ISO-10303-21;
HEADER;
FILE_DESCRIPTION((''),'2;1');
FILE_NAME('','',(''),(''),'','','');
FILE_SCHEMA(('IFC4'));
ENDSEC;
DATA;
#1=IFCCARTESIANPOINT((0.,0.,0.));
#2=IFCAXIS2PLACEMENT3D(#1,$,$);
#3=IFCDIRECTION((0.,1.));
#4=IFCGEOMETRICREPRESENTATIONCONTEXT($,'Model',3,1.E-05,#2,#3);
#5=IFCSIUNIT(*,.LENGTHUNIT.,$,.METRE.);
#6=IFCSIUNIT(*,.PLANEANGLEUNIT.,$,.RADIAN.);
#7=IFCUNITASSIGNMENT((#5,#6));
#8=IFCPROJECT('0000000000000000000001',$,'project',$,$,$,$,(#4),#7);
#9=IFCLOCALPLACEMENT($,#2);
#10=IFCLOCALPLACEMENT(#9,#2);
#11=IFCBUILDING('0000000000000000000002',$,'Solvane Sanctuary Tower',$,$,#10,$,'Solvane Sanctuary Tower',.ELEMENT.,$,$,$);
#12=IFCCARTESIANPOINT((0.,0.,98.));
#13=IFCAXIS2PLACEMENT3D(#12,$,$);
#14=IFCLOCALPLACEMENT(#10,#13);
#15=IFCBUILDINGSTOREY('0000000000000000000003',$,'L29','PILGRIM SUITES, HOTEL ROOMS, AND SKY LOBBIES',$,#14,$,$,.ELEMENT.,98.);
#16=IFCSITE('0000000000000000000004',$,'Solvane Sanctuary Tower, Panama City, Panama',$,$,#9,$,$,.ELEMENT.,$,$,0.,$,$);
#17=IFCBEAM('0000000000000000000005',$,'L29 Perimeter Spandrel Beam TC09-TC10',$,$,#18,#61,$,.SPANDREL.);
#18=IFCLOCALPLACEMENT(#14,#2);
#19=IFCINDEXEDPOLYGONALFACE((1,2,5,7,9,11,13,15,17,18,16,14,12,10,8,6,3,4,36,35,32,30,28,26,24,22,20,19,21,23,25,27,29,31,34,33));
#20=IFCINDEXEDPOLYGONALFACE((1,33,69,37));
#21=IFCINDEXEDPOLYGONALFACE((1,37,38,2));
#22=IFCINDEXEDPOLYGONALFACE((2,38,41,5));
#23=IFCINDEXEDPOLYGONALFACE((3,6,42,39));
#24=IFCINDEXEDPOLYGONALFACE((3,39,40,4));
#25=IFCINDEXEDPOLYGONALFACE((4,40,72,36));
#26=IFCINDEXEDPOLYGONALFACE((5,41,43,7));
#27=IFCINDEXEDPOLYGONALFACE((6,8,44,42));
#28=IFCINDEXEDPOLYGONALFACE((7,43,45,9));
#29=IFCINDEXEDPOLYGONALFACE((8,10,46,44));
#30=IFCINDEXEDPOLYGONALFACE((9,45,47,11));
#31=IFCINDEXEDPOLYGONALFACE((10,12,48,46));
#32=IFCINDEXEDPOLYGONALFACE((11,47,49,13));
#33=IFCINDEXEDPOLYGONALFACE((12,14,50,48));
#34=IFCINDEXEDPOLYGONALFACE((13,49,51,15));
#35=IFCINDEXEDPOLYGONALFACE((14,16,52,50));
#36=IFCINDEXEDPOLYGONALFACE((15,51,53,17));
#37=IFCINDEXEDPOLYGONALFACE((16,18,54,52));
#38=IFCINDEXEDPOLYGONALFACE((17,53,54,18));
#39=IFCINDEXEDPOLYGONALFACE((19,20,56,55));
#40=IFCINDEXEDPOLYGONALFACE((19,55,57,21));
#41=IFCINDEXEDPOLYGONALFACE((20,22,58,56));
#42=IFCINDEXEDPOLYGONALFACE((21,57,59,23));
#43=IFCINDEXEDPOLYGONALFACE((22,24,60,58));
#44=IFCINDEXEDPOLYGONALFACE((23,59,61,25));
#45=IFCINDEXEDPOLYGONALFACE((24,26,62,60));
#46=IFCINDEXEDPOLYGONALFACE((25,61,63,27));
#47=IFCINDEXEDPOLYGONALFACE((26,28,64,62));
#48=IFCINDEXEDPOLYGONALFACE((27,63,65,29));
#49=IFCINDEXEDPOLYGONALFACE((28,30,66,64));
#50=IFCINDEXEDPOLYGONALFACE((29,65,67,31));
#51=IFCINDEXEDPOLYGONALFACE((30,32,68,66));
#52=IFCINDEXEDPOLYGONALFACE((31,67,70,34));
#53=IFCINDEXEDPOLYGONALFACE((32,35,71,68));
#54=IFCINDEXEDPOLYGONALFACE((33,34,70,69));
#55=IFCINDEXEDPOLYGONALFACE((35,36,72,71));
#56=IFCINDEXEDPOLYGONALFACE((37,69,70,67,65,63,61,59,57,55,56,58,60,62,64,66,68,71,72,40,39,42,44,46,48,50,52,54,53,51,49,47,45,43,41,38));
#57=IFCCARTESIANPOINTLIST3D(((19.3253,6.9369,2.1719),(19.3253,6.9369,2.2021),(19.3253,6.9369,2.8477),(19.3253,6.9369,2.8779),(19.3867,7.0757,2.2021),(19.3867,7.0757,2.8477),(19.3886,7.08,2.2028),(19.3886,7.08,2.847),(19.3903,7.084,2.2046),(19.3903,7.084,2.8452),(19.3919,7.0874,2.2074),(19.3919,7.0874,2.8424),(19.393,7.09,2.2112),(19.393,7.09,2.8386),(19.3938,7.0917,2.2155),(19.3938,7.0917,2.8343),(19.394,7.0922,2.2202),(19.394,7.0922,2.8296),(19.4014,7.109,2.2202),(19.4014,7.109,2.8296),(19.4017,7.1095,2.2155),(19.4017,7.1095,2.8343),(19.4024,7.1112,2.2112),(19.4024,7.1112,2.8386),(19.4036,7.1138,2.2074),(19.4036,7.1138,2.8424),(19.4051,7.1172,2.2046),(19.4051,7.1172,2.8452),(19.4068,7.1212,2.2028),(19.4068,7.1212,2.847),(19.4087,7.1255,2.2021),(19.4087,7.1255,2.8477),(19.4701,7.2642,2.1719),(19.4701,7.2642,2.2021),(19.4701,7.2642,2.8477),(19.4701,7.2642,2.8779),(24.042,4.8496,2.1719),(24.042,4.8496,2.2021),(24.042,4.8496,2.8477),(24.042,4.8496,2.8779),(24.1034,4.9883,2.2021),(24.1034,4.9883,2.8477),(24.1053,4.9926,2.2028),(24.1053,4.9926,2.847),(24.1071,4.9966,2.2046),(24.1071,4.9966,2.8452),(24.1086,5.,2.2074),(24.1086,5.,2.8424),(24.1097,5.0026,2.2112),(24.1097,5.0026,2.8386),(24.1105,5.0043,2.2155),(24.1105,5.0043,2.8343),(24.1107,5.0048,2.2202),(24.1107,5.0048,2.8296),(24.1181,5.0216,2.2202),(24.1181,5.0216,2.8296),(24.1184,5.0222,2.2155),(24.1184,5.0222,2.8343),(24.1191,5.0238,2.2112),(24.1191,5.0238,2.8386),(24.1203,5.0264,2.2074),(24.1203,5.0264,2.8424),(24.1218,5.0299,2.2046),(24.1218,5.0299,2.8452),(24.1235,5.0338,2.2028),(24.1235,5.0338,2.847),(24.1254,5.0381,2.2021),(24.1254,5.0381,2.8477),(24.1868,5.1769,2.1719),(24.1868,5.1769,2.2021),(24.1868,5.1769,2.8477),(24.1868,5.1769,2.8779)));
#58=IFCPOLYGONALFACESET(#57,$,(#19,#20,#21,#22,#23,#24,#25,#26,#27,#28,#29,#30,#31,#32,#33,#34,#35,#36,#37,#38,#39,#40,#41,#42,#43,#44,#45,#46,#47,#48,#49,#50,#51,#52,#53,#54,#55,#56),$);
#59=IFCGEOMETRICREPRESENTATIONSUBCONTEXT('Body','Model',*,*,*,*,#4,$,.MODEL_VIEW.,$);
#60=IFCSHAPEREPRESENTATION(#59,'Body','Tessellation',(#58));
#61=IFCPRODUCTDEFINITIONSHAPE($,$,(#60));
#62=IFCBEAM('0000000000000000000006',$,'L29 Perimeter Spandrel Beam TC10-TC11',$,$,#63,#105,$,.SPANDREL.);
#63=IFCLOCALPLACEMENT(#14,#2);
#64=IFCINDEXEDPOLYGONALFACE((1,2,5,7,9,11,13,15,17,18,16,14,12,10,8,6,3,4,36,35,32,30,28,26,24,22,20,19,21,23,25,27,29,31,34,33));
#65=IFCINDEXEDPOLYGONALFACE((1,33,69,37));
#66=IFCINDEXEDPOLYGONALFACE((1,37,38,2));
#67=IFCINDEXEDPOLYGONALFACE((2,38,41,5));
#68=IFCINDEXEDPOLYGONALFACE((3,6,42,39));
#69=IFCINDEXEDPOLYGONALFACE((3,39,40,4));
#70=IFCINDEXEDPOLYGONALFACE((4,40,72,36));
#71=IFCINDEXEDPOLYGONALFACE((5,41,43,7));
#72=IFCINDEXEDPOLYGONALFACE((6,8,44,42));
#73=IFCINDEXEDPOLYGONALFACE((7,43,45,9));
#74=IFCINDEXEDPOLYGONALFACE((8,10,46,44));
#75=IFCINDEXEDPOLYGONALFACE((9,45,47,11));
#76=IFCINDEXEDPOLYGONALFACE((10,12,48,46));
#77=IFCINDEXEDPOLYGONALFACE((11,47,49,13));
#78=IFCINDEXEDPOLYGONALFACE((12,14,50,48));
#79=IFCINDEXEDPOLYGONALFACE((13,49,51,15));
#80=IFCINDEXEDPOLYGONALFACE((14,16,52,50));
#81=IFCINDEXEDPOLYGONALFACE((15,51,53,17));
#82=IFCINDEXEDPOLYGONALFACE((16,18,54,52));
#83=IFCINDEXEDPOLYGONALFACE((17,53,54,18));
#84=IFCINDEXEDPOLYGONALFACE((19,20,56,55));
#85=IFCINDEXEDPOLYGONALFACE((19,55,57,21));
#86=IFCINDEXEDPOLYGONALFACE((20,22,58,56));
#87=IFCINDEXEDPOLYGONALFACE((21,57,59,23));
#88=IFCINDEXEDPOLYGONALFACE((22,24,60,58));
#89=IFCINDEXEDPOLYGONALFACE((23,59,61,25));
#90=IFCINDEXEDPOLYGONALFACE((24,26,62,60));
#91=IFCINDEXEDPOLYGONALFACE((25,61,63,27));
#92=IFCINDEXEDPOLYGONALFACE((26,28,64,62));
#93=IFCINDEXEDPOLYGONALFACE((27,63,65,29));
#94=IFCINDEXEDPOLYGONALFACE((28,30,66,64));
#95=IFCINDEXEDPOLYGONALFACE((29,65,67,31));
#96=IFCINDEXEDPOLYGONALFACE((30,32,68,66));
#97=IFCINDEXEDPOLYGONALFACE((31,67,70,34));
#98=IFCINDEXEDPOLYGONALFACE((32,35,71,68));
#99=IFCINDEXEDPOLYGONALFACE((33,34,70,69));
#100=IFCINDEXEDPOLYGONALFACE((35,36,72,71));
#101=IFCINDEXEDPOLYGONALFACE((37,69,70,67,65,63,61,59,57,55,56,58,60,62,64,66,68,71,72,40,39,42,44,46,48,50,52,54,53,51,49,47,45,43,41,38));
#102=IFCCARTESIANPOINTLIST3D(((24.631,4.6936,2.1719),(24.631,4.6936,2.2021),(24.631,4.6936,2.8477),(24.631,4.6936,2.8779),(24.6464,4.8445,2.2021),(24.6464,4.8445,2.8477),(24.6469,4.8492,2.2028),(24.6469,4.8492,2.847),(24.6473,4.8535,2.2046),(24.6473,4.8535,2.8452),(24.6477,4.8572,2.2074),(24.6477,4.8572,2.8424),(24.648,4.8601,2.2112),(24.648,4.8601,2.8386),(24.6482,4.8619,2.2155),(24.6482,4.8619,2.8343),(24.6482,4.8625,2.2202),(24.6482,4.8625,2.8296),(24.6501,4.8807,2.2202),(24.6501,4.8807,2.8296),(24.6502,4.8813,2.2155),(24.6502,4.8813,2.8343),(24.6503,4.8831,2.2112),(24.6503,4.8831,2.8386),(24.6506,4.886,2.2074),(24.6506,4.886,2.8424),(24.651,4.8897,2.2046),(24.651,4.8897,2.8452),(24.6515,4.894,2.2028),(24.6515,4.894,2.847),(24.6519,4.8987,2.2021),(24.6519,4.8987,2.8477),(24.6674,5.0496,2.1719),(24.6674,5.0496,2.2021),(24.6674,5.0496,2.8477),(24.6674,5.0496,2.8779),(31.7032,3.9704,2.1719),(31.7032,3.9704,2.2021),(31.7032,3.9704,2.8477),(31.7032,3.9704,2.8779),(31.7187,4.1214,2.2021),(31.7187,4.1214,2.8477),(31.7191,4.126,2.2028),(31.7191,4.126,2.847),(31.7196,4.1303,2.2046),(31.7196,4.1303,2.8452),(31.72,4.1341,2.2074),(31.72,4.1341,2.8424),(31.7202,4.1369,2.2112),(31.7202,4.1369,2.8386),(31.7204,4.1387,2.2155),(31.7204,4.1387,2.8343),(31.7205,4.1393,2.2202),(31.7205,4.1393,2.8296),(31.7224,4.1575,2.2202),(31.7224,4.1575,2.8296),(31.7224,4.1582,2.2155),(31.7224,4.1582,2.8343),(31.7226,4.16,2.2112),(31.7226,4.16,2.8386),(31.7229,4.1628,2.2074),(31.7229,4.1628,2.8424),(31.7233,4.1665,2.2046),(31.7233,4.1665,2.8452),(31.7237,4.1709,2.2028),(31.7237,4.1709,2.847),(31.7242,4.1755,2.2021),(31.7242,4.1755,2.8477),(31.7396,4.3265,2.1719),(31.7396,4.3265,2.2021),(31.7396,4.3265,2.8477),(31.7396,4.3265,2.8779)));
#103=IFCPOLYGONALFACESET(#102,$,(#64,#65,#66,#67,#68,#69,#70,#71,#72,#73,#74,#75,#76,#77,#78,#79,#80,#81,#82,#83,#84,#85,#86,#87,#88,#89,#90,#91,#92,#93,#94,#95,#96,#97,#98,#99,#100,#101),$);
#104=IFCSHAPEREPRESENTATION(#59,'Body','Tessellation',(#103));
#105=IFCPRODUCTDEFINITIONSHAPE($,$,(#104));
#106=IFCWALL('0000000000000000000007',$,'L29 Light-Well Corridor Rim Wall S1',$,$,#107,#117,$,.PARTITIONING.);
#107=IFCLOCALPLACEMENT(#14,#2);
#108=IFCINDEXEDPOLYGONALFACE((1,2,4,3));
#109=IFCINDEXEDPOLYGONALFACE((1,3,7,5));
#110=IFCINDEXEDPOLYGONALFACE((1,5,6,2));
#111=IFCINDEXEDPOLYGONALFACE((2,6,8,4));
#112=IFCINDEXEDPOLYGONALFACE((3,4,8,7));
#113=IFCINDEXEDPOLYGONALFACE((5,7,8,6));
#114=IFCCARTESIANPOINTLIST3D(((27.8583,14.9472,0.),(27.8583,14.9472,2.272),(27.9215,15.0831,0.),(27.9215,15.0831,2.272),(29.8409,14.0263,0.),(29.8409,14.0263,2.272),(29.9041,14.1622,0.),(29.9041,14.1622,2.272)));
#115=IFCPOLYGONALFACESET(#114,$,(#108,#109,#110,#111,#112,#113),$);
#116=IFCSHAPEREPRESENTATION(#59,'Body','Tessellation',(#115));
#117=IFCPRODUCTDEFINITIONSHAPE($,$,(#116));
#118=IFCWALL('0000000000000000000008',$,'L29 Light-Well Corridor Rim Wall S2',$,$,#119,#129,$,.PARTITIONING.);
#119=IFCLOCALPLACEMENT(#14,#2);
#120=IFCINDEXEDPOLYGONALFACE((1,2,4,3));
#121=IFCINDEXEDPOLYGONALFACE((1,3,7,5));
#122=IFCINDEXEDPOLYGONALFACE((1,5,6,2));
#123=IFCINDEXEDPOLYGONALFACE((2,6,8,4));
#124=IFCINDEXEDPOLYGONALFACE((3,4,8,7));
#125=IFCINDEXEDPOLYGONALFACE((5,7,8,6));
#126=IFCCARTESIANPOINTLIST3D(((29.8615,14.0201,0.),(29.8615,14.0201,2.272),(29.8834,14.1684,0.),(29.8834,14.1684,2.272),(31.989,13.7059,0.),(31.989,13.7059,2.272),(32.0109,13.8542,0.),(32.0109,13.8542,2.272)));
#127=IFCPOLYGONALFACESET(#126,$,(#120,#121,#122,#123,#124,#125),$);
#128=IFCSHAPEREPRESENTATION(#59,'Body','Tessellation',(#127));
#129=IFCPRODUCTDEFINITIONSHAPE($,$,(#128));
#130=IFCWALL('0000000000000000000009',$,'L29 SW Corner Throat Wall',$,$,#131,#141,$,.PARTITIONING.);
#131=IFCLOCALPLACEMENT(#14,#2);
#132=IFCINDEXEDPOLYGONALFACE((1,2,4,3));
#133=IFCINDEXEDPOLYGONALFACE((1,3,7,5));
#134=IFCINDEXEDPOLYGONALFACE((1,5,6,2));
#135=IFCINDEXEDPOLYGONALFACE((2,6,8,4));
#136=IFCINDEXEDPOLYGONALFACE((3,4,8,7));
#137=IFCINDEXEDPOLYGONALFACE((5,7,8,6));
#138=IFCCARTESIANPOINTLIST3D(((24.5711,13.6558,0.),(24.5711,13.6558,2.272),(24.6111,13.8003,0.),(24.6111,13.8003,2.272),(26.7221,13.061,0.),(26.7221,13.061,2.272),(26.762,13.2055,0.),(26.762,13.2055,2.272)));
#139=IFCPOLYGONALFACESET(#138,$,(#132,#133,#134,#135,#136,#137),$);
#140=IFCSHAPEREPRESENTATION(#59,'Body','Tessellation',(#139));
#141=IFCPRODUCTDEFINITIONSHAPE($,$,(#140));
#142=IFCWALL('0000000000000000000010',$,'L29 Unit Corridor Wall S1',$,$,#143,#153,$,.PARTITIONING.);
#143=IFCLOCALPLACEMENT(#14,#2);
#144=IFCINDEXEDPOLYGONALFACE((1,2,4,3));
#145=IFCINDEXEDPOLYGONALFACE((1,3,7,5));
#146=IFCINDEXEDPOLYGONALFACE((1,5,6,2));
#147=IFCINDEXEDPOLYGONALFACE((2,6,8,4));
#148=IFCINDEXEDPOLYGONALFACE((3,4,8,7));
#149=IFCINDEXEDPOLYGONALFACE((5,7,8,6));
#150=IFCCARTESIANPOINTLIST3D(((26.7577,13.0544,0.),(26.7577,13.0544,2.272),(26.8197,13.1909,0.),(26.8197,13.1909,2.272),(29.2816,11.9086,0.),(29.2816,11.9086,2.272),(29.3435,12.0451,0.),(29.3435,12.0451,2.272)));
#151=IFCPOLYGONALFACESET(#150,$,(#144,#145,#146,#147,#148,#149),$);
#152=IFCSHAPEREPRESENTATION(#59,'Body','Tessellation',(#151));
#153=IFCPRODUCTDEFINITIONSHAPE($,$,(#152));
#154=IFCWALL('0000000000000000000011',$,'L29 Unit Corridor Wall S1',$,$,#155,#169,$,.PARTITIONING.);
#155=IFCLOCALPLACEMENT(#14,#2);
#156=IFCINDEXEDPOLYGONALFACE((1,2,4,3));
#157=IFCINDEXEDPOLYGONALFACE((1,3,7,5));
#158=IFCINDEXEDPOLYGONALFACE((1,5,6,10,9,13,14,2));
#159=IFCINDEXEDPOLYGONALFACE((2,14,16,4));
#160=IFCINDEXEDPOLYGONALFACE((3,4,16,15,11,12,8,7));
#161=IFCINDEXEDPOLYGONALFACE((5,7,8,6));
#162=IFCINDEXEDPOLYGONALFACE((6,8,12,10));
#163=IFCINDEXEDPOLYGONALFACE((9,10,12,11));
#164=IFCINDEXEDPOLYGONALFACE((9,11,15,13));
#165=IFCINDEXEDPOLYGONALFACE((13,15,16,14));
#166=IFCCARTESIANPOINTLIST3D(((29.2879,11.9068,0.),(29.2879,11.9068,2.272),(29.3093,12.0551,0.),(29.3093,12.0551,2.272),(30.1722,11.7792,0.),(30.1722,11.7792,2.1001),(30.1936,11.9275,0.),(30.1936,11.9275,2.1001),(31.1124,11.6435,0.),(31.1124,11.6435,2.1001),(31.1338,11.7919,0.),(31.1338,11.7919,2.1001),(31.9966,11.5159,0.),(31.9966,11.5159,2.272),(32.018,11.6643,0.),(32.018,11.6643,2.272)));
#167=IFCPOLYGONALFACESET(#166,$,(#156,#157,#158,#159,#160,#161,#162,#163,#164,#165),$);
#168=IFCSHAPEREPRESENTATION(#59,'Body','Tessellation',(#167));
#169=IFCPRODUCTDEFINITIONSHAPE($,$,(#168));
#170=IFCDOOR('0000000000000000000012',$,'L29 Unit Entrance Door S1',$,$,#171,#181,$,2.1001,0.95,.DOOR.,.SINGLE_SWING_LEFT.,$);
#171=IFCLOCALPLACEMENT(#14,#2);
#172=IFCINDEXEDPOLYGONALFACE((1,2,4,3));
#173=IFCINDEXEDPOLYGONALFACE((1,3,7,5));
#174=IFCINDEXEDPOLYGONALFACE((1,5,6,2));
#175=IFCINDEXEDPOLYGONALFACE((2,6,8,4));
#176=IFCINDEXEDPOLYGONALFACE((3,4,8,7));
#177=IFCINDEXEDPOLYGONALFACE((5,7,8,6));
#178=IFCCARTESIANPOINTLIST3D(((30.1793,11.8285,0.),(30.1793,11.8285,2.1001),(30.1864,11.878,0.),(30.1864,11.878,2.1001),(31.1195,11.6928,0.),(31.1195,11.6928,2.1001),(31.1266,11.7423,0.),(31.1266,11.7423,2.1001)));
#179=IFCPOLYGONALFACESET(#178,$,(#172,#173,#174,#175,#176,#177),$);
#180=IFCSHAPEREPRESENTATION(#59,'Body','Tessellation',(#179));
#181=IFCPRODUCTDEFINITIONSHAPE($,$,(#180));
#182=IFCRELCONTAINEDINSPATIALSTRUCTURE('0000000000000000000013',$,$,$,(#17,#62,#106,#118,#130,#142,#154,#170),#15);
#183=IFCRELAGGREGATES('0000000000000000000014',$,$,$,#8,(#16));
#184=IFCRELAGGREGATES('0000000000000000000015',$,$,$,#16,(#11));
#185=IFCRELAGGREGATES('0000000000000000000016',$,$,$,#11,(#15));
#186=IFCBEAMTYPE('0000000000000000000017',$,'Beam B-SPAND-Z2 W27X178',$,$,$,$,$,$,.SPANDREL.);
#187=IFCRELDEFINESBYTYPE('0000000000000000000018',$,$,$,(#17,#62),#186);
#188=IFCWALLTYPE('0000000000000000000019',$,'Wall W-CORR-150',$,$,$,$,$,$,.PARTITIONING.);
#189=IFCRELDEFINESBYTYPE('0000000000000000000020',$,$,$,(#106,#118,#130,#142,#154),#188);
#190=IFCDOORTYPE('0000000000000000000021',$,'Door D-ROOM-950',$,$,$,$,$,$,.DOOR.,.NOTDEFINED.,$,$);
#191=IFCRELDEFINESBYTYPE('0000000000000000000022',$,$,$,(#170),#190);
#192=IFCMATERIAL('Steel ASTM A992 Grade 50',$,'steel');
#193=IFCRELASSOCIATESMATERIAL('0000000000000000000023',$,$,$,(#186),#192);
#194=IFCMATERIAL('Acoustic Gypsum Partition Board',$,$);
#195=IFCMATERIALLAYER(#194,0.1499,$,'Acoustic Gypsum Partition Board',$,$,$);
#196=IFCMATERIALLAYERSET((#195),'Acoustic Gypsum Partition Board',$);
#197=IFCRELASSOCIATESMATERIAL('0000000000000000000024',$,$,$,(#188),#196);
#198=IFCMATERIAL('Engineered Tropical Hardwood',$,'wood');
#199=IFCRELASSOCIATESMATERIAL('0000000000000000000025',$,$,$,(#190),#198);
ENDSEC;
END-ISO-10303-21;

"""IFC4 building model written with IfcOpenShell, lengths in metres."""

from ifc_helpers import new_model, si_unit, direction, frame, frame_2d, origin, origin_2d, place, context, subcontext, project, spatial, rectangle, i_section, extrude, material, layer, layer_set, material_profile, profile_set, type_object, element, fill, save


model = new_model("IFC4")

# Units and contexts
model_context = context("Model", 3, precision=1e-05, world=origin(), true_north=direction((0.0, 1.0)))
body_context = subcontext(model_context, "Body", "Model", "MODEL_VIEW")
ifc_project = project(units=[si_unit("LENGTHUNIT", "METRE"), si_unit("PLANEANGLEUNIT", "RADIAN")], contexts=[model_context])

# Site, building, storey
site_placement = place(None, origin())
site = spatial("IfcSite", under=ifc_project, at=site_placement, Name="Solvane Sanctuary Tower, Panama City, Panama", CompositionType="ELEMENT", RefElevation=0.0)
building_placement = place(site_placement, origin())
building = spatial("IfcBuilding", under=site, at=building_placement, Name="Solvane Sanctuary Tower", LongName="Solvane Sanctuary Tower", CompositionType="ELEMENT")
storey_placement = place(building_placement, frame((0.0, 0.0, 98.0)))
storey = spatial("IfcBuildingStorey", under=building, at=storey_placement, Name="L29", Description="PILGRIM SUITES, HOTEL ROOMS, AND SKY LOBBIES", CompositionType="ELEMENT", Elevation=98.0)

# Beams
ifc_material_1 = material(Name="Steel ASTM A992 Grade 50", Category="steel")
ifc_material_profile_1 = material_profile(ifc_material_1, i_section(OverallWidth=0.3579, OverallDepth=0.7061, WebThickness=0.0183, FlangeThickness=0.0303, FilletRadius=0.0181, at=origin_2d()), Name="W27X178")
ifc_profile_set_1 = profile_set([ifc_material_profile_1], Name="Steel ASTM A992 Grade 50")
beam_type_1 = type_object("IfcBeamType", Name="Beam B-SPAND-Z2 W27X178", PredefinedType="SPANDREL", material=ifc_profile_set_1)
beam_1_placement = place(storey_placement, frame((19.3977, 7.1006, 2.5249), z_axis=(0.914455, -0.404689, 0.0), x_axis=(0.404689, 0.914455, 0.0)))
element("IfcBeam", 1, at=beam_1_placement, inside=storey, type_object=beam_type_1, Name="L29 Perimeter Spandrel Beam TC09-TC10", PredefinedType="SPANDREL", context=body_context, shape_type="SweptSolid", body=[
    extrude(i_section(OverallWidth=0.3579, OverallDepth=0.7061, WebThickness=0.0183, FlangeThickness=0.0303, FilletRadius=0.0181, at=origin_2d()), origin(), (0.0, 0.0, 1.0), 5.158),
])
beam_2_placement = place(storey_placement, frame((24.6492, 4.8716, 2.5249), z_axis=(0.994813, -0.10172, 0.0), x_axis=(0.10172, 0.994813, 0.0)))
element("IfcBeam", 2, at=beam_2_placement, inside=storey, type_object=beam_type_1, Name="L29 Perimeter Spandrel Beam TC10-TC11", PredefinedType="SPANDREL", context=body_context, shape_type="SweptSolid", body=[
    extrude(i_section(OverallWidth=0.3579, OverallDepth=0.7061, WebThickness=0.0183, FlangeThickness=0.0303, FilletRadius=0.0181, at=origin_2d()), origin(), (0.0, 0.0, 1.0), 7.1091),
])

# Walls
ifc_material_2 = material(Name="Acoustic Gypsum Partition Board")
ifc_layer_1 = layer(ifc_material_2, 0.1499, Name="Acoustic Gypsum Partition Board")
ifc_layer_set_1 = layer_set([ifc_layer_1], Name="Acoustic Gypsum Partition Board")
wall_type_1 = type_object("IfcWallType", Name="Wall W-CORR-150", PredefinedType="PARTITIONING", material=ifc_layer_set_1)
wall_1_placement = place(storey_placement, frame((27.8899, 15.0151, 0.0), z_axis=(0.0, 0.0, 1.0), x_axis=(0.906943, -0.421252, 0.0)))
element("IfcWall", 3, at=wall_1_placement, inside=storey, type_object=wall_type_1, Name="L29 Light-Well Corridor Rim Wall S1", PredefinedType="PARTITIONING", context=body_context, shape_type="SweptSolid", body=[
    extrude(rectangle(XDim=2.186, YDim=0.1499, at=frame_2d((1.093, 0.0))), origin(), (0.0, 0.0, 1.0), 2.272),
])
wall_2_placement = place(storey_placement, frame((29.8726, 14.0942, 0.0), z_axis=(0.0, 0.0, 1.0), x_axis=(0.989269, -0.146108, 0.0)))
element("IfcWall", 4, at=wall_2_placement, inside=storey, type_object=wall_type_1, Name="L29 Light-Well Corridor Rim Wall S2", PredefinedType="PARTITIONING", context=body_context, shape_type="SweptSolid", body=[
    extrude(rectangle(XDim=2.1506, YDim=0.1499, at=frame_2d((1.0752, 0.0))), origin(), (0.0, 0.0, 1.0), 2.272),
])
wall_3_placement = place(storey_placement, frame((26.7419, 13.1333, 0.0), z_axis=(0.0, 0.0, 1.0), x_axis=(-0.963834, 0.266504, 0.0)))
element("IfcWall", 5, at=wall_3_placement, inside=storey, type_object=wall_type_1, Name="L29 SW Corner Throat Wall", PredefinedType="PARTITIONING", context=body_context, shape_type="SweptSolid", body=[
    extrude(rectangle(XDim=2.2317, YDim=0.1499, at=frame_2d((1.1157, 0.0))), origin(), (0.0, 0.0, 1.0), 2.272),
])
wall_4_placement = place(storey_placement, frame((26.7888, 13.1226, 0.0), z_axis=(0.0, 0.0, 1.0), x_axis=(0.910568, -0.413358, 0.0)))
element("IfcWall", 6, at=wall_4_placement, inside=storey, type_object=wall_type_1, Name="L29 Unit Corridor Wall S1", PredefinedType="PARTITIONING", context=body_context, shape_type="SweptSolid", body=[
    extrude(rectangle(XDim=2.7717, YDim=0.1499, at=frame_2d((1.3857, 0.0))), origin(), (0.0, 0.0, 1.0), 2.272),
])

# Wall, opening, door
wall_5_placement = place(storey_placement, frame((29.2986, 11.981, 0.0), z_axis=(0.0, 0.0, 1.0), x_axis=(0.989749, -0.14282, 0.0)))
wall_5 = element("IfcWall", 7, at=wall_5_placement, inside=storey, type_object=wall_type_1, Name="L29 Unit Corridor Wall S1", PredefinedType="PARTITIONING", context=body_context, shape_type="SweptSolid", body=[
    extrude(rectangle(XDim=2.7368, YDim=0.1499, at=frame_2d((1.3684, 0.0))), origin(), (0.0, 0.0, 1.0), 2.272),
])
opening_1_placement = place(wall_5_placement, frame((0.8933, 0.0, 0.0)))
opening_1 = element("IfcOpeningElement", 8, at=opening_1_placement, cuts=wall_5, PredefinedType="OPENING", context=body_context, shape_type="SweptSolid", body=[
    extrude(rectangle(XDim=0.95, YDim=2.1001, at=frame_2d((0.4751, 1.05))), frame((0.0, 0.085, 0.0), z_axis=(0.0, -1.0, 0.0), x_axis=(1.0, 0.0, 0.0)), (0.0, 0.0, 1.0), 0.1699),
])
ifc_material_3 = material(Name="Engineered Tropical Hardwood", Category="wood")
door_type_1 = type_object("IfcDoorType", Name="Door D-ROOM-950", OperationType="NOTDEFINED", PredefinedType="DOOR", material=ifc_material_3)
door_1_placement = place(opening_1_placement, origin())
door_1 = element("IfcDoor", 9, at=door_1_placement, inside=storey, type_object=door_type_1, Name="L29 Unit Entrance Door S1", OperationType="SINGLE_SWING_LEFT", OverallHeight=2.1001, OverallWidth=0.95, PredefinedType="DOOR", context=body_context, shape_type="SweptSolid", body=[
    extrude(rectangle(XDim=0.95, YDim=2.1001, at=frame_2d((0.4751, 1.05))), frame((0.0, 0.0249, 0.0), z_axis=(0.0, -1.0, 0.0), x_axis=(1.0, 0.0, 0.0)), (0.0, 0.0, 1.0), 0.05),
])
fill(opening_1, door_1)

save(model, "model.ifc")
